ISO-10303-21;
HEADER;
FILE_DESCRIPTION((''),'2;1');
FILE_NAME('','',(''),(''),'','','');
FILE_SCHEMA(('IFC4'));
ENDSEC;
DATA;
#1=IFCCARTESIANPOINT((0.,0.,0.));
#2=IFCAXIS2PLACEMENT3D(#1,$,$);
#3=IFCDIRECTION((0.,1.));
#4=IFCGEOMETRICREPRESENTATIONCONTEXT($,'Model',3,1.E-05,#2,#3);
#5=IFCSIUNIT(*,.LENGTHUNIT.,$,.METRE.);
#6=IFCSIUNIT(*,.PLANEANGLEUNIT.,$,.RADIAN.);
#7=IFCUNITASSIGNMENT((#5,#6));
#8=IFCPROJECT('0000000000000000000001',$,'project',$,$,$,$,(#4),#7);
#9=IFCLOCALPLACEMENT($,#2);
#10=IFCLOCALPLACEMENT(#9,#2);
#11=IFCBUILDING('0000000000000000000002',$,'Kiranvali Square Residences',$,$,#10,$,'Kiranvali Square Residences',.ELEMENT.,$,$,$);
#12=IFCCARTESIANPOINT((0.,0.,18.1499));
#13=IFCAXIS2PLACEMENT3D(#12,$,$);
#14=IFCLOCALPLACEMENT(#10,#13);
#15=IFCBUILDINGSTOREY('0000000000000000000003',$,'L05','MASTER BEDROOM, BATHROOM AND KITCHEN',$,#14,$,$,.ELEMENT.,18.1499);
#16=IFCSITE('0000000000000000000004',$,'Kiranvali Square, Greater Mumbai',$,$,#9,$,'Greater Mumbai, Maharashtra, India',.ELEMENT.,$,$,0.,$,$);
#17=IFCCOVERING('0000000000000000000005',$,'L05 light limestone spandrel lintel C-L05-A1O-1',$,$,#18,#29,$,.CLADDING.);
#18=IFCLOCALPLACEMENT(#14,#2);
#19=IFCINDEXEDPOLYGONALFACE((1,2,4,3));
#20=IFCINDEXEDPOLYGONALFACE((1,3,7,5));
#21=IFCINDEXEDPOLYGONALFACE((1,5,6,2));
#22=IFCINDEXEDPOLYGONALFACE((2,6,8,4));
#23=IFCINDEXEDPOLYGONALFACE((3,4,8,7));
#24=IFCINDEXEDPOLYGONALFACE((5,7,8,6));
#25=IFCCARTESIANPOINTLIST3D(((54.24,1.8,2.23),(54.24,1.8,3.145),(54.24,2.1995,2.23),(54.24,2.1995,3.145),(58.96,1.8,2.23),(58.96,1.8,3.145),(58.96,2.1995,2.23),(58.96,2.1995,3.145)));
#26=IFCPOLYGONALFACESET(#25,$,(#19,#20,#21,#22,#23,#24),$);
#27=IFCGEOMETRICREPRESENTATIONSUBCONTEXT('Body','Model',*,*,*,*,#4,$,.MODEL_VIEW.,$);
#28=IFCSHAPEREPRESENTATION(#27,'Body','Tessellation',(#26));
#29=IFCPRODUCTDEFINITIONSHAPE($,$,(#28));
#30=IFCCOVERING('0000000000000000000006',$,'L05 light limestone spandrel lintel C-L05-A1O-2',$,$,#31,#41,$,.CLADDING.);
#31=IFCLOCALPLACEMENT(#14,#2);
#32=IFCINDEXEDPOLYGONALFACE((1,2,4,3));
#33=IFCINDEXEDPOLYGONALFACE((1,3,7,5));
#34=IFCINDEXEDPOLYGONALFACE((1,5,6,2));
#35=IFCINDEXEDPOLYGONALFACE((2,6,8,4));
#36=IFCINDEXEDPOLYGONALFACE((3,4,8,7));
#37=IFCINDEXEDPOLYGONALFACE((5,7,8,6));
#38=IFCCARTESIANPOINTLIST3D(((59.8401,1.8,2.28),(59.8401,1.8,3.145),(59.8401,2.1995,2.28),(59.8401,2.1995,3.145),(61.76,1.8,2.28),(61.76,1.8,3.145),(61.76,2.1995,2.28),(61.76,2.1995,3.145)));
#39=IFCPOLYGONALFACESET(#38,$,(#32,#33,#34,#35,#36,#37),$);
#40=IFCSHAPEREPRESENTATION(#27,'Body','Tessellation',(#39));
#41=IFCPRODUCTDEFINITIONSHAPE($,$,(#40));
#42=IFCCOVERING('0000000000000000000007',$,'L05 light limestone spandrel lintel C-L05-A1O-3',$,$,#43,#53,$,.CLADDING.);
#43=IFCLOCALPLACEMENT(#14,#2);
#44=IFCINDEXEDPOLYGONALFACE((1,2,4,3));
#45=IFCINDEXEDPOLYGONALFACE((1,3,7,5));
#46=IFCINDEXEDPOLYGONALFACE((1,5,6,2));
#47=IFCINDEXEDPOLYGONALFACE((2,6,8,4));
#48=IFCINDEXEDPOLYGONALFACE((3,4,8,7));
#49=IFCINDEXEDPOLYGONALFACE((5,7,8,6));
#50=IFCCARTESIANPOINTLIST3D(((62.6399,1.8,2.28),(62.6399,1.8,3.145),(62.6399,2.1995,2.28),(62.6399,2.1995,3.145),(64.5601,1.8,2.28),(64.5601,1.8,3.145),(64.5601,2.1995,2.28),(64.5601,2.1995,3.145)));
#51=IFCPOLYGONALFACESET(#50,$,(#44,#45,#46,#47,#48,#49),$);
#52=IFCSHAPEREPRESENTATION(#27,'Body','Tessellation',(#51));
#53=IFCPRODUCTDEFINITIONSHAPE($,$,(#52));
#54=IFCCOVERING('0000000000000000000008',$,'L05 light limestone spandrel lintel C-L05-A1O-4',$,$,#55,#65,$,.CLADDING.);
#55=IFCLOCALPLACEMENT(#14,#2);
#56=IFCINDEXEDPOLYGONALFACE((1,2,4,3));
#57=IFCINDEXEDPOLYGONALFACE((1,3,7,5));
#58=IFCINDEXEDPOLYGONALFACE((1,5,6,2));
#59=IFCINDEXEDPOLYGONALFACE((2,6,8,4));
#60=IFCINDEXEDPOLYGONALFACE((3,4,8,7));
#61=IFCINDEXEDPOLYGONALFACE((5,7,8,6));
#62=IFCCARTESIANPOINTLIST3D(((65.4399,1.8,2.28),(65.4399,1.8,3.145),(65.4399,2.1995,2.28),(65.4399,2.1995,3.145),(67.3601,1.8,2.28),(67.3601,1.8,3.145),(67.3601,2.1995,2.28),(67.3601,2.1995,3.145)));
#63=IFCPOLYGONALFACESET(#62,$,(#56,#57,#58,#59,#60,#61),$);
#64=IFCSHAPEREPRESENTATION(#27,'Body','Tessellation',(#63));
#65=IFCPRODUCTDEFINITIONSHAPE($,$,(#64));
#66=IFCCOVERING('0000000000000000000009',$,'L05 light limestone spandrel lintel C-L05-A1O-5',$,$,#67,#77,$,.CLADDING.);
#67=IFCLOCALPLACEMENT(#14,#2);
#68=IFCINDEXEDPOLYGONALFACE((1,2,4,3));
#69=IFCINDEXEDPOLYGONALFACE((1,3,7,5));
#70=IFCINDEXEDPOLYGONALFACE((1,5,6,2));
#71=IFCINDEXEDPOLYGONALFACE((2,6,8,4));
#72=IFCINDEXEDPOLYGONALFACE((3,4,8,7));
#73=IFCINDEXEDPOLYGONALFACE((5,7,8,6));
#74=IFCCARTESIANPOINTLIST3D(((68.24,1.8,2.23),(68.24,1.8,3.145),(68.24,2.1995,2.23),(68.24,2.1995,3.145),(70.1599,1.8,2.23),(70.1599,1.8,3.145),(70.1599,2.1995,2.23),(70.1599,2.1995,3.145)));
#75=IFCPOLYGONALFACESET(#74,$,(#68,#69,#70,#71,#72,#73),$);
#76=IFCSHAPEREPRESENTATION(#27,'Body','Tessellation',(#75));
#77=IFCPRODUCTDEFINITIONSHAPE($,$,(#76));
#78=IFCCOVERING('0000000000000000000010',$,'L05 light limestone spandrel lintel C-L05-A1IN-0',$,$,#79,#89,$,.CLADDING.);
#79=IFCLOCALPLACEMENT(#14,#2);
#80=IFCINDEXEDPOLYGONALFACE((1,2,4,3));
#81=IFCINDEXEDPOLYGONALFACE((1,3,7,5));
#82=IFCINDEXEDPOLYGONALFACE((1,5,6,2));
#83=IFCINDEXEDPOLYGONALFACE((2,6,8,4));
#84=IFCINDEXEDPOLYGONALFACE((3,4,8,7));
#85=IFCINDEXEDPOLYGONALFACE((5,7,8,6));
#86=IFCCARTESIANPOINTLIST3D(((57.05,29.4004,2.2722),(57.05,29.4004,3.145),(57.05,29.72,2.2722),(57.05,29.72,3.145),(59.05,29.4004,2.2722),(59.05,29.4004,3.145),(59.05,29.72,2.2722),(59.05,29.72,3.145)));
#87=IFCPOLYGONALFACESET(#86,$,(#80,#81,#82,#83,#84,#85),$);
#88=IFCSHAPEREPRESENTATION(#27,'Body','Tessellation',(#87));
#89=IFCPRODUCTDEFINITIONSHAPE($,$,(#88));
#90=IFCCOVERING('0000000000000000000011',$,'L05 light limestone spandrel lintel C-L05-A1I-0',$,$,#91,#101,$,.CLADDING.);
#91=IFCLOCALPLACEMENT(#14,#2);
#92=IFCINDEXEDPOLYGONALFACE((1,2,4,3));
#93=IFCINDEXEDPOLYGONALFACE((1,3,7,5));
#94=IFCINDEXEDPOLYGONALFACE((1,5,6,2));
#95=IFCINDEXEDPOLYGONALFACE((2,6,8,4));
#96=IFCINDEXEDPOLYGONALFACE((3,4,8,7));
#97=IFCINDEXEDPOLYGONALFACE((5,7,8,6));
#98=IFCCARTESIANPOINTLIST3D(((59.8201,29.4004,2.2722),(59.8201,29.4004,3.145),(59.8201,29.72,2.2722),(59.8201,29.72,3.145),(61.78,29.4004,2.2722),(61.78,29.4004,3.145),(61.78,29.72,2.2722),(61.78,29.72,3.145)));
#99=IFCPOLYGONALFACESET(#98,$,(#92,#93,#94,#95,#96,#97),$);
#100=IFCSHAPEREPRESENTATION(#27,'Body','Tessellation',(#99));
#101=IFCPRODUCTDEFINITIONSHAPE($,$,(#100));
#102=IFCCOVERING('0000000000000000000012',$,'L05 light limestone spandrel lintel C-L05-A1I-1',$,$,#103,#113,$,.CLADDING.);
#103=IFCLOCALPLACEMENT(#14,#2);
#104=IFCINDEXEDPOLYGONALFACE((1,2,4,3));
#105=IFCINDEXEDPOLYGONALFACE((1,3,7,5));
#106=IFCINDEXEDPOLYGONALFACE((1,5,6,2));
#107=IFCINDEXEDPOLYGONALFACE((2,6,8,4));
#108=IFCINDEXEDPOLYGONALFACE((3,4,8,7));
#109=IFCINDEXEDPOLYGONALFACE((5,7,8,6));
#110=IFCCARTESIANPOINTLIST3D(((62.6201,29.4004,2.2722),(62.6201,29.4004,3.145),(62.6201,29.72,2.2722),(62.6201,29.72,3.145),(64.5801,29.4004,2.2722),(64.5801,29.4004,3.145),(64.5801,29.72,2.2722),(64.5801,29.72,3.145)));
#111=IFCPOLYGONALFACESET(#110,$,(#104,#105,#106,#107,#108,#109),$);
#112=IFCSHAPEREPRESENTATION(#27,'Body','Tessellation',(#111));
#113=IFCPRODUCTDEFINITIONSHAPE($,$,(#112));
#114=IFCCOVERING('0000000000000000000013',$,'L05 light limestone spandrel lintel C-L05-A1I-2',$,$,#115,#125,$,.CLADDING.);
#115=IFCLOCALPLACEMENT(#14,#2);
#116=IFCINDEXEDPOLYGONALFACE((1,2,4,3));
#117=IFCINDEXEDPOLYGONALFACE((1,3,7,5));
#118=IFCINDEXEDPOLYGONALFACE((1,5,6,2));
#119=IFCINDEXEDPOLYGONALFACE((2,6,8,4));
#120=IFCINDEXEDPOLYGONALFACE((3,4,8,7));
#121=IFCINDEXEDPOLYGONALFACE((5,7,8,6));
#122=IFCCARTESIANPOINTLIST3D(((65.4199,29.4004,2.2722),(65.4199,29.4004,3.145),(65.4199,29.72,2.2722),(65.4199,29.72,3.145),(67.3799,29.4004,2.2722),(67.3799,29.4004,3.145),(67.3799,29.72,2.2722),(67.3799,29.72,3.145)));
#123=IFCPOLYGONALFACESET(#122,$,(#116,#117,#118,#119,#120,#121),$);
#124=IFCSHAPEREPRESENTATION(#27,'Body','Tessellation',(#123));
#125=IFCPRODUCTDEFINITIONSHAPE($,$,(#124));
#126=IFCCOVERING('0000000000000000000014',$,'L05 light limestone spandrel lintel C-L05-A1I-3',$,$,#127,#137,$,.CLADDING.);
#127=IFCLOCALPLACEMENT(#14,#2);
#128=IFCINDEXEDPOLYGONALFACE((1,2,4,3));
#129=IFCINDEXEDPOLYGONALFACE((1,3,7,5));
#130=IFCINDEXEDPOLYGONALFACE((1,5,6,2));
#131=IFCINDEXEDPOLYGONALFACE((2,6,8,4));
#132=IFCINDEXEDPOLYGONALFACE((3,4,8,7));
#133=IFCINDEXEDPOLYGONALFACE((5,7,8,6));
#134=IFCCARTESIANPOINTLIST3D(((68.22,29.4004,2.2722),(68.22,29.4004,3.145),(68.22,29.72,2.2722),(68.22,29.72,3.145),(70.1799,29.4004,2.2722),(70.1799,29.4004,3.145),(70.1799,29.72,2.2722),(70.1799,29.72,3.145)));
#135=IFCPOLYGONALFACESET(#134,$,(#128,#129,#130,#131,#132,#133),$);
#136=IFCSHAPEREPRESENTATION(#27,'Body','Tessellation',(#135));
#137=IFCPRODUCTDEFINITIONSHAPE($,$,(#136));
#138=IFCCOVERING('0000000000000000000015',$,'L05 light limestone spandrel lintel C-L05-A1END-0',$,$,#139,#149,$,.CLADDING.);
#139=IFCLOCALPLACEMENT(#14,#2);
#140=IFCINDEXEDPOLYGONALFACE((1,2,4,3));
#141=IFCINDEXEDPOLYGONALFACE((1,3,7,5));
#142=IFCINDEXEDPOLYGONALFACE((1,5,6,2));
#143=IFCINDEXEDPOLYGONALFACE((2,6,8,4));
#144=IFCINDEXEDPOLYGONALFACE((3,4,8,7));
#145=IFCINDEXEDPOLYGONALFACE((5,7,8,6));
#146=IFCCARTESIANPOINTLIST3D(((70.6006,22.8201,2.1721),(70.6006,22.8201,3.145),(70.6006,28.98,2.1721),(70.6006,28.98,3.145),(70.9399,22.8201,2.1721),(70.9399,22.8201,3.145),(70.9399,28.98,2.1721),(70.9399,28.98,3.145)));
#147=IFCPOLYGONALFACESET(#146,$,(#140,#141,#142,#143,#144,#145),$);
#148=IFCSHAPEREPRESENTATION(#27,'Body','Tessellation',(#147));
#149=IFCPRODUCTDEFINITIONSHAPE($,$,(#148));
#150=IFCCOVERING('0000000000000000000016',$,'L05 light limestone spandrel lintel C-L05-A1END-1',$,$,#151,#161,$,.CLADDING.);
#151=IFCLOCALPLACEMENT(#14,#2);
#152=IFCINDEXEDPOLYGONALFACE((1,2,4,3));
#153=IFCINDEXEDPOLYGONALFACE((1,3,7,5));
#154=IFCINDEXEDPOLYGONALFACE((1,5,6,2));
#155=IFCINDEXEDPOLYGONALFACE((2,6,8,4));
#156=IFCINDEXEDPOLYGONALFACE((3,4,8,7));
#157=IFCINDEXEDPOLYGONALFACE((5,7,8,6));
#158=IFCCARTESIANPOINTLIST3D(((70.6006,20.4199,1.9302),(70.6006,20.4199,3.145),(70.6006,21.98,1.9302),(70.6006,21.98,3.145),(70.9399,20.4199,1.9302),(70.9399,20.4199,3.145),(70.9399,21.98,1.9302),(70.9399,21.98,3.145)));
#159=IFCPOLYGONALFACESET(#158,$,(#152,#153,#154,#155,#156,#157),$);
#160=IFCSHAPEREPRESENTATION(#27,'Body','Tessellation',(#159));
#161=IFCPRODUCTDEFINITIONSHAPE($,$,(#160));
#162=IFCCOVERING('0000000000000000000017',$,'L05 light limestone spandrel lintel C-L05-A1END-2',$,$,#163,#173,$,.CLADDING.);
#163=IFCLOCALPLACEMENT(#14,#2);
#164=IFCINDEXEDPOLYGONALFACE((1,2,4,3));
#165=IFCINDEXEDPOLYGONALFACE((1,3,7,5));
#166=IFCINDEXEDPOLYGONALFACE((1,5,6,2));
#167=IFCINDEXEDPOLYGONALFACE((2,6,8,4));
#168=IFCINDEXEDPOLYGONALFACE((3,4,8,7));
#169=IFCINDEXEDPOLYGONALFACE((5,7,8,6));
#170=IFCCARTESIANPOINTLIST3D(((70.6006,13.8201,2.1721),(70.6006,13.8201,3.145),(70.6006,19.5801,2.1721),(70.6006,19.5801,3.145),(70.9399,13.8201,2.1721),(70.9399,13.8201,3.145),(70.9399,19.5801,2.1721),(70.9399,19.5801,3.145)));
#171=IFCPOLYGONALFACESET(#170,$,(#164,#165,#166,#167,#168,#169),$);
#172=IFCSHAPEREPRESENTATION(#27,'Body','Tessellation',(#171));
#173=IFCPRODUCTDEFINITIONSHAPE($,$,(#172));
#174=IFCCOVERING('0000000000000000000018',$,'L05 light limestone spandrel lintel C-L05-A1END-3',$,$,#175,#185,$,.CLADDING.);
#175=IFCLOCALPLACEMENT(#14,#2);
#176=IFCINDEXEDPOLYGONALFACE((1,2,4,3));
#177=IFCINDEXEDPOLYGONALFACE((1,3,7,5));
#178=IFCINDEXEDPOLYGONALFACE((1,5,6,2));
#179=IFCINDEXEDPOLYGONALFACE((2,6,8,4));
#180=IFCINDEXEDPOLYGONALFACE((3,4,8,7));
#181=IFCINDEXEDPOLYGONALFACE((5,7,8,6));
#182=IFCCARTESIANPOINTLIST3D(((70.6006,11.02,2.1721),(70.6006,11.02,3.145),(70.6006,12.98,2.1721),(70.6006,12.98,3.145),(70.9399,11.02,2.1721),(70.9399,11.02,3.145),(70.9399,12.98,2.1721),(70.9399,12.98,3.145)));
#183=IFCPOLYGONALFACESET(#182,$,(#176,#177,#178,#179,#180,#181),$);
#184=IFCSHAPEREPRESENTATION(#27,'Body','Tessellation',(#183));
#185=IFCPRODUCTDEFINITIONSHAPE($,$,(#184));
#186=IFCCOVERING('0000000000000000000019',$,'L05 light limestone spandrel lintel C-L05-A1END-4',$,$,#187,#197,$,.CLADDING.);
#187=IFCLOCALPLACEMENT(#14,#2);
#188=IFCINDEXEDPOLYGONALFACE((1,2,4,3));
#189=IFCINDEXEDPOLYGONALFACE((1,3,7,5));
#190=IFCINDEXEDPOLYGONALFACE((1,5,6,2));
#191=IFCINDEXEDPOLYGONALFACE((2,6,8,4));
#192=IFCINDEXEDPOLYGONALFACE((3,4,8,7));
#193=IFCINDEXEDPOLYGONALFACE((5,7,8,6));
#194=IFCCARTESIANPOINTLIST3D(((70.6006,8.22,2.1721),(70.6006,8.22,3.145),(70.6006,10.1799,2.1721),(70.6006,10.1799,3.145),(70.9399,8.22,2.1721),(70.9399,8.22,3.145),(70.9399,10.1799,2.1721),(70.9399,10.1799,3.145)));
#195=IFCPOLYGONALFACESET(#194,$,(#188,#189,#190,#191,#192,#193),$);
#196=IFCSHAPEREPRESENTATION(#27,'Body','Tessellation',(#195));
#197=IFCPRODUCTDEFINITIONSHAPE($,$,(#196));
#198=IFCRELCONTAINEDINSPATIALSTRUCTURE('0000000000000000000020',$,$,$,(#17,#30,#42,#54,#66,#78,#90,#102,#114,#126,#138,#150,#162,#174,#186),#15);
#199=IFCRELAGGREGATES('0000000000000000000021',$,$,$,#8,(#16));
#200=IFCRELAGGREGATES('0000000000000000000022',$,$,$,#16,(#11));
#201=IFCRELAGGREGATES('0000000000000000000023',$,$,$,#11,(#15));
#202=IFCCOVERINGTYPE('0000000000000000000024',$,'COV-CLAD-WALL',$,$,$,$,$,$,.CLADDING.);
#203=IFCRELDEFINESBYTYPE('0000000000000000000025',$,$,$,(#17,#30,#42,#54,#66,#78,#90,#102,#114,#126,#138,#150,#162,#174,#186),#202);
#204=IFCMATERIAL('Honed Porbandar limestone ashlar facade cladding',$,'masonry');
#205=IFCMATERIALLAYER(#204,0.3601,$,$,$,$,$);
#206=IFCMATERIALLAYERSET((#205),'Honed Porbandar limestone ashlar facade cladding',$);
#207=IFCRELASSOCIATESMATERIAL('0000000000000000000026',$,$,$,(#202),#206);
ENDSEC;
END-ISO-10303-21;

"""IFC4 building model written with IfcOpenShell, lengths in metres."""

from ifc_helpers import new_model, si_unit, direction, frame, origin, place, context, subcontext, project, spatial, polyline, outline, extrude, material, layer, layer_set, type_object, element, save


model = new_model("IFC4")

# Units and contexts
model_context = context("Model", 3, precision=1e-05, world=origin(), true_north=direction((0.0, 1.0)))
body_context = subcontext(model_context, "Body", "Model", "MODEL_VIEW")
ifc_project = project(units=[si_unit("LENGTHUNIT", "METRE"), si_unit("PLANEANGLEUNIT", "RADIAN")], contexts=[model_context])

# Site, building, storey
site_placement = place(None, origin())
site = spatial("IfcSite", under=ifc_project, at=site_placement, Name="Kiranvali Square, Greater Mumbai", LongName="Greater Mumbai, Maharashtra, India", CompositionType="ELEMENT", RefElevation=0.0)
building_placement = place(site_placement, origin())
building = spatial("IfcBuilding", under=site, at=building_placement, Name="Kiranvali Square Residences", LongName="Kiranvali Square Residences", CompositionType="ELEMENT")
storey_placement = place(building_placement, frame((0.0, 0.0, 18.1499)))
storey = spatial("IfcBuildingStorey", under=building, at=storey_placement, Name="L05", Description="MASTER BEDROOM, BATHROOM AND KITCHEN", CompositionType="ELEMENT", Elevation=18.1499)

# Coverings
ifc_material = material(Name="Honed Porbandar limestone ashlar facade cladding", Category="masonry")
ifc_layer_1 = layer(ifc_material, 0.3601)
ifc_layer_set_1 = layer_set([ifc_layer_1], Name="Honed Porbandar limestone ashlar facade cladding")
covering_type_1 = type_object("IfcCoveringType", Name="COV-CLAD-WALL", PredefinedType="CLADDING", material=ifc_layer_set_1)
covering_1_placement = place(storey_placement, frame((0.0, 0.0, 2.23)))
element("IfcCovering", 1, at=covering_1_placement, inside=storey, type_object=covering_type_1, Name="L05 light limestone spandrel lintel C-L05-A1O-1", PredefinedType="CLADDING", context=body_context, shape_type="SweptSolid", body=[
    extrude(outline(polyline([(54.24, 1.8), (58.96, 1.8), (58.96, 2.1995), (54.24, 2.1995), (54.24, 1.8)])), origin(), (0.0, 0.0, 1.0), 0.915),
])
covering_2_placement = place(storey_placement, frame((0.0, 0.0, 2.28)))
element("IfcCovering", 2, at=covering_2_placement, inside=storey, type_object=covering_type_1, Name="L05 light limestone spandrel lintel C-L05-A1O-2", PredefinedType="CLADDING", context=body_context, shape_type="SweptSolid", body=[
    extrude(outline(polyline([(59.8401, 1.8), (61.76, 1.8), (61.76, 2.1995), (59.8401, 2.1995), (59.8401, 1.8)])), origin(), (0.0, 0.0, 1.0), 0.865),
])
covering_3_placement = place(storey_placement, frame((0.0, 0.0, 2.28)))
element("IfcCovering", 3, at=covering_3_placement, inside=storey, type_object=covering_type_1, Name="L05 light limestone spandrel lintel C-L05-A1O-3", PredefinedType="CLADDING", context=body_context, shape_type="SweptSolid", body=[
    extrude(outline(polyline([(62.6399, 1.8), (64.5601, 1.8), (64.5601, 2.1995), (62.6399, 2.1995), (62.6399, 1.8)])), origin(), (0.0, 0.0, 1.0), 0.865),
])
covering_4_placement = place(storey_placement, frame((0.0, 0.0, 2.28)))
element("IfcCovering", 4, at=covering_4_placement, inside=storey, type_object=covering_type_1, Name="L05 light limestone spandrel lintel C-L05-A1O-4", PredefinedType="CLADDING", context=body_context, shape_type="SweptSolid", body=[
    extrude(outline(polyline([(65.4399, 1.8), (67.3601, 1.8), (67.3601, 2.1995), (65.4399, 2.1995), (65.4399, 1.8)])), origin(), (0.0, 0.0, 1.0), 0.865),
])
covering_5_placement = place(storey_placement, frame((0.0, 0.0, 2.23)))
element("IfcCovering", 5, at=covering_5_placement, inside=storey, type_object=covering_type_1, Name="L05 light limestone spandrel lintel C-L05-A1O-5", PredefinedType="CLADDING", context=body_context, shape_type="SweptSolid", body=[
    extrude(outline(polyline([(68.24, 1.8), (70.1599, 1.8), (70.1599, 2.1995), (68.24, 2.1995), (68.24, 1.8)])), origin(), (0.0, 0.0, 1.0), 0.915),
])
covering_6_placement = place(storey_placement, frame((0.0, 0.0, 2.2722)))
element("IfcCovering", 6, at=covering_6_placement, inside=storey, type_object=covering_type_1, Name="L05 light limestone spandrel lintel C-L05-A1IN-0", PredefinedType="CLADDING", context=body_context, shape_type="SweptSolid", body=[
    extrude(outline(polyline([(57.05, 29.4004), (59.05, 29.4004), (59.05, 29.72), (57.05, 29.72), (57.05, 29.4004)])), origin(), (0.0, 0.0, 1.0), 0.8728),
])
covering_7_placement = place(storey_placement, frame((0.0, 0.0, 2.2722)))
element("IfcCovering", 7, at=covering_7_placement, inside=storey, type_object=covering_type_1, Name="L05 light limestone spandrel lintel C-L05-A1I-0", PredefinedType="CLADDING", context=body_context, shape_type="SweptSolid", body=[
    extrude(outline(polyline([(59.8201, 29.4004), (61.78, 29.4004), (61.78, 29.72), (59.8201, 29.72), (59.8201, 29.4004)])), origin(), (0.0, 0.0, 1.0), 0.8728),
])
covering_8_placement = place(storey_placement, frame((0.0, 0.0, 2.2722)))
element("IfcCovering", 8, at=covering_8_placement, inside=storey, type_object=covering_type_1, Name="L05 light limestone spandrel lintel C-L05-A1I-1", PredefinedType="CLADDING", context=body_context, shape_type="SweptSolid", body=[
    extrude(outline(polyline([(62.6201, 29.4004), (64.5801, 29.4004), (64.5801, 29.72), (62.6201, 29.72), (62.6201, 29.4004)])), origin(), (0.0, 0.0, 1.0), 0.8728),
])
covering_9_placement = place(storey_placement, frame((0.0, 0.0, 2.2722)))
element("IfcCovering", 9, at=covering_9_placement, inside=storey, type_object=covering_type_1, Name="L05 light limestone spandrel lintel C-L05-A1I-2", PredefinedType="CLADDING", context=body_context, shape_type="SweptSolid", body=[
    extrude(outline(polyline([(65.4199, 29.4004), (67.3799, 29.4004), (67.3799, 29.72), (65.4199, 29.72), (65.4199, 29.4004)])), origin(), (0.0, 0.0, 1.0), 0.8728),
])
covering_10_placement = place(storey_placement, frame((0.0, 0.0, 2.2722)))
element("IfcCovering", 10, at=covering_10_placement, inside=storey, type_object=covering_type_1, Name="L05 light limestone spandrel lintel C-L05-A1I-3", PredefinedType="CLADDING", context=body_context, shape_type="SweptSolid", body=[
    extrude(outline(polyline([(68.22, 29.4004), (70.1799, 29.4004), (70.1799, 29.72), (68.22, 29.72), (68.22, 29.4004)])), origin(), (0.0, 0.0, 1.0), 0.8728),
])
covering_11_placement = place(storey_placement, frame((0.0, 0.0, 2.1721)))
element("IfcCovering", 11, at=covering_11_placement, inside=storey, type_object=covering_type_1, Name="L05 light limestone spandrel lintel C-L05-A1END-0", PredefinedType="CLADDING", context=body_context, shape_type="SweptSolid", body=[
    extrude(outline(polyline([(70.6006, 28.98), (70.6006, 22.8201), (70.9399, 22.8201), (70.9399, 28.98), (70.6006, 28.98)])), origin(), (0.0, 0.0, 1.0), 0.9729),
])
covering_12_placement = place(storey_placement, frame((0.0, 0.0, 1.9302)))
element("IfcCovering", 12, at=covering_12_placement, inside=storey, type_object=covering_type_1, Name="L05 light limestone spandrel lintel C-L05-A1END-1", PredefinedType="CLADDING", context=body_context, shape_type="SweptSolid", body=[
    extrude(outline(polyline([(70.6006, 21.98), (70.6006, 20.4199), (70.9399, 20.4199), (70.9399, 21.98), (70.6006, 21.98)])), origin(), (0.0, 0.0, 1.0), 1.2148),
])
covering_13_placement = place(storey_placement, frame((0.0, 0.0, 2.1721)))
element("IfcCovering", 13, at=covering_13_placement, inside=storey, type_object=covering_type_1, Name="L05 light limestone spandrel lintel C-L05-A1END-2", PredefinedType="CLADDING", context=body_context, shape_type="SweptSolid", body=[
    extrude(outline(polyline([(70.6006, 19.5801), (70.6006, 13.8201), (70.9399, 13.8201), (70.9399, 19.5801), (70.6006, 19.5801)])), origin(), (0.0, 0.0, 1.0), 0.9729),
])
covering_14_placement = place(storey_placement, frame((0.0, 0.0, 2.1721)))
element("IfcCovering", 14, at=covering_14_placement, inside=storey, type_object=covering_type_1, Name="L05 light limestone spandrel lintel C-L05-A1END-3", PredefinedType="CLADDING", context=body_context, shape_type="SweptSolid", body=[
    extrude(outline(polyline([(70.6006, 12.98), (70.6006, 11.02), (70.9399, 11.02), (70.9399, 12.98), (70.6006, 12.98)])), origin(), (0.0, 0.0, 1.0), 0.9729),
])
covering_15_placement = place(storey_placement, frame((0.0, 0.0, 2.1721)))
element("IfcCovering", 15, at=covering_15_placement, inside=storey, type_object=covering_type_1, Name="L05 light limestone spandrel lintel C-L05-A1END-4", PredefinedType="CLADDING", context=body_context, shape_type="SweptSolid", body=[
    extrude(outline(polyline([(70.6006, 10.1799), (70.6006, 8.22), (70.9399, 8.22), (70.9399, 10.1799), (70.6006, 10.1799)])), origin(), (0.0, 0.0, 1.0), 0.9729),
])

save(model, "model.ifc")
